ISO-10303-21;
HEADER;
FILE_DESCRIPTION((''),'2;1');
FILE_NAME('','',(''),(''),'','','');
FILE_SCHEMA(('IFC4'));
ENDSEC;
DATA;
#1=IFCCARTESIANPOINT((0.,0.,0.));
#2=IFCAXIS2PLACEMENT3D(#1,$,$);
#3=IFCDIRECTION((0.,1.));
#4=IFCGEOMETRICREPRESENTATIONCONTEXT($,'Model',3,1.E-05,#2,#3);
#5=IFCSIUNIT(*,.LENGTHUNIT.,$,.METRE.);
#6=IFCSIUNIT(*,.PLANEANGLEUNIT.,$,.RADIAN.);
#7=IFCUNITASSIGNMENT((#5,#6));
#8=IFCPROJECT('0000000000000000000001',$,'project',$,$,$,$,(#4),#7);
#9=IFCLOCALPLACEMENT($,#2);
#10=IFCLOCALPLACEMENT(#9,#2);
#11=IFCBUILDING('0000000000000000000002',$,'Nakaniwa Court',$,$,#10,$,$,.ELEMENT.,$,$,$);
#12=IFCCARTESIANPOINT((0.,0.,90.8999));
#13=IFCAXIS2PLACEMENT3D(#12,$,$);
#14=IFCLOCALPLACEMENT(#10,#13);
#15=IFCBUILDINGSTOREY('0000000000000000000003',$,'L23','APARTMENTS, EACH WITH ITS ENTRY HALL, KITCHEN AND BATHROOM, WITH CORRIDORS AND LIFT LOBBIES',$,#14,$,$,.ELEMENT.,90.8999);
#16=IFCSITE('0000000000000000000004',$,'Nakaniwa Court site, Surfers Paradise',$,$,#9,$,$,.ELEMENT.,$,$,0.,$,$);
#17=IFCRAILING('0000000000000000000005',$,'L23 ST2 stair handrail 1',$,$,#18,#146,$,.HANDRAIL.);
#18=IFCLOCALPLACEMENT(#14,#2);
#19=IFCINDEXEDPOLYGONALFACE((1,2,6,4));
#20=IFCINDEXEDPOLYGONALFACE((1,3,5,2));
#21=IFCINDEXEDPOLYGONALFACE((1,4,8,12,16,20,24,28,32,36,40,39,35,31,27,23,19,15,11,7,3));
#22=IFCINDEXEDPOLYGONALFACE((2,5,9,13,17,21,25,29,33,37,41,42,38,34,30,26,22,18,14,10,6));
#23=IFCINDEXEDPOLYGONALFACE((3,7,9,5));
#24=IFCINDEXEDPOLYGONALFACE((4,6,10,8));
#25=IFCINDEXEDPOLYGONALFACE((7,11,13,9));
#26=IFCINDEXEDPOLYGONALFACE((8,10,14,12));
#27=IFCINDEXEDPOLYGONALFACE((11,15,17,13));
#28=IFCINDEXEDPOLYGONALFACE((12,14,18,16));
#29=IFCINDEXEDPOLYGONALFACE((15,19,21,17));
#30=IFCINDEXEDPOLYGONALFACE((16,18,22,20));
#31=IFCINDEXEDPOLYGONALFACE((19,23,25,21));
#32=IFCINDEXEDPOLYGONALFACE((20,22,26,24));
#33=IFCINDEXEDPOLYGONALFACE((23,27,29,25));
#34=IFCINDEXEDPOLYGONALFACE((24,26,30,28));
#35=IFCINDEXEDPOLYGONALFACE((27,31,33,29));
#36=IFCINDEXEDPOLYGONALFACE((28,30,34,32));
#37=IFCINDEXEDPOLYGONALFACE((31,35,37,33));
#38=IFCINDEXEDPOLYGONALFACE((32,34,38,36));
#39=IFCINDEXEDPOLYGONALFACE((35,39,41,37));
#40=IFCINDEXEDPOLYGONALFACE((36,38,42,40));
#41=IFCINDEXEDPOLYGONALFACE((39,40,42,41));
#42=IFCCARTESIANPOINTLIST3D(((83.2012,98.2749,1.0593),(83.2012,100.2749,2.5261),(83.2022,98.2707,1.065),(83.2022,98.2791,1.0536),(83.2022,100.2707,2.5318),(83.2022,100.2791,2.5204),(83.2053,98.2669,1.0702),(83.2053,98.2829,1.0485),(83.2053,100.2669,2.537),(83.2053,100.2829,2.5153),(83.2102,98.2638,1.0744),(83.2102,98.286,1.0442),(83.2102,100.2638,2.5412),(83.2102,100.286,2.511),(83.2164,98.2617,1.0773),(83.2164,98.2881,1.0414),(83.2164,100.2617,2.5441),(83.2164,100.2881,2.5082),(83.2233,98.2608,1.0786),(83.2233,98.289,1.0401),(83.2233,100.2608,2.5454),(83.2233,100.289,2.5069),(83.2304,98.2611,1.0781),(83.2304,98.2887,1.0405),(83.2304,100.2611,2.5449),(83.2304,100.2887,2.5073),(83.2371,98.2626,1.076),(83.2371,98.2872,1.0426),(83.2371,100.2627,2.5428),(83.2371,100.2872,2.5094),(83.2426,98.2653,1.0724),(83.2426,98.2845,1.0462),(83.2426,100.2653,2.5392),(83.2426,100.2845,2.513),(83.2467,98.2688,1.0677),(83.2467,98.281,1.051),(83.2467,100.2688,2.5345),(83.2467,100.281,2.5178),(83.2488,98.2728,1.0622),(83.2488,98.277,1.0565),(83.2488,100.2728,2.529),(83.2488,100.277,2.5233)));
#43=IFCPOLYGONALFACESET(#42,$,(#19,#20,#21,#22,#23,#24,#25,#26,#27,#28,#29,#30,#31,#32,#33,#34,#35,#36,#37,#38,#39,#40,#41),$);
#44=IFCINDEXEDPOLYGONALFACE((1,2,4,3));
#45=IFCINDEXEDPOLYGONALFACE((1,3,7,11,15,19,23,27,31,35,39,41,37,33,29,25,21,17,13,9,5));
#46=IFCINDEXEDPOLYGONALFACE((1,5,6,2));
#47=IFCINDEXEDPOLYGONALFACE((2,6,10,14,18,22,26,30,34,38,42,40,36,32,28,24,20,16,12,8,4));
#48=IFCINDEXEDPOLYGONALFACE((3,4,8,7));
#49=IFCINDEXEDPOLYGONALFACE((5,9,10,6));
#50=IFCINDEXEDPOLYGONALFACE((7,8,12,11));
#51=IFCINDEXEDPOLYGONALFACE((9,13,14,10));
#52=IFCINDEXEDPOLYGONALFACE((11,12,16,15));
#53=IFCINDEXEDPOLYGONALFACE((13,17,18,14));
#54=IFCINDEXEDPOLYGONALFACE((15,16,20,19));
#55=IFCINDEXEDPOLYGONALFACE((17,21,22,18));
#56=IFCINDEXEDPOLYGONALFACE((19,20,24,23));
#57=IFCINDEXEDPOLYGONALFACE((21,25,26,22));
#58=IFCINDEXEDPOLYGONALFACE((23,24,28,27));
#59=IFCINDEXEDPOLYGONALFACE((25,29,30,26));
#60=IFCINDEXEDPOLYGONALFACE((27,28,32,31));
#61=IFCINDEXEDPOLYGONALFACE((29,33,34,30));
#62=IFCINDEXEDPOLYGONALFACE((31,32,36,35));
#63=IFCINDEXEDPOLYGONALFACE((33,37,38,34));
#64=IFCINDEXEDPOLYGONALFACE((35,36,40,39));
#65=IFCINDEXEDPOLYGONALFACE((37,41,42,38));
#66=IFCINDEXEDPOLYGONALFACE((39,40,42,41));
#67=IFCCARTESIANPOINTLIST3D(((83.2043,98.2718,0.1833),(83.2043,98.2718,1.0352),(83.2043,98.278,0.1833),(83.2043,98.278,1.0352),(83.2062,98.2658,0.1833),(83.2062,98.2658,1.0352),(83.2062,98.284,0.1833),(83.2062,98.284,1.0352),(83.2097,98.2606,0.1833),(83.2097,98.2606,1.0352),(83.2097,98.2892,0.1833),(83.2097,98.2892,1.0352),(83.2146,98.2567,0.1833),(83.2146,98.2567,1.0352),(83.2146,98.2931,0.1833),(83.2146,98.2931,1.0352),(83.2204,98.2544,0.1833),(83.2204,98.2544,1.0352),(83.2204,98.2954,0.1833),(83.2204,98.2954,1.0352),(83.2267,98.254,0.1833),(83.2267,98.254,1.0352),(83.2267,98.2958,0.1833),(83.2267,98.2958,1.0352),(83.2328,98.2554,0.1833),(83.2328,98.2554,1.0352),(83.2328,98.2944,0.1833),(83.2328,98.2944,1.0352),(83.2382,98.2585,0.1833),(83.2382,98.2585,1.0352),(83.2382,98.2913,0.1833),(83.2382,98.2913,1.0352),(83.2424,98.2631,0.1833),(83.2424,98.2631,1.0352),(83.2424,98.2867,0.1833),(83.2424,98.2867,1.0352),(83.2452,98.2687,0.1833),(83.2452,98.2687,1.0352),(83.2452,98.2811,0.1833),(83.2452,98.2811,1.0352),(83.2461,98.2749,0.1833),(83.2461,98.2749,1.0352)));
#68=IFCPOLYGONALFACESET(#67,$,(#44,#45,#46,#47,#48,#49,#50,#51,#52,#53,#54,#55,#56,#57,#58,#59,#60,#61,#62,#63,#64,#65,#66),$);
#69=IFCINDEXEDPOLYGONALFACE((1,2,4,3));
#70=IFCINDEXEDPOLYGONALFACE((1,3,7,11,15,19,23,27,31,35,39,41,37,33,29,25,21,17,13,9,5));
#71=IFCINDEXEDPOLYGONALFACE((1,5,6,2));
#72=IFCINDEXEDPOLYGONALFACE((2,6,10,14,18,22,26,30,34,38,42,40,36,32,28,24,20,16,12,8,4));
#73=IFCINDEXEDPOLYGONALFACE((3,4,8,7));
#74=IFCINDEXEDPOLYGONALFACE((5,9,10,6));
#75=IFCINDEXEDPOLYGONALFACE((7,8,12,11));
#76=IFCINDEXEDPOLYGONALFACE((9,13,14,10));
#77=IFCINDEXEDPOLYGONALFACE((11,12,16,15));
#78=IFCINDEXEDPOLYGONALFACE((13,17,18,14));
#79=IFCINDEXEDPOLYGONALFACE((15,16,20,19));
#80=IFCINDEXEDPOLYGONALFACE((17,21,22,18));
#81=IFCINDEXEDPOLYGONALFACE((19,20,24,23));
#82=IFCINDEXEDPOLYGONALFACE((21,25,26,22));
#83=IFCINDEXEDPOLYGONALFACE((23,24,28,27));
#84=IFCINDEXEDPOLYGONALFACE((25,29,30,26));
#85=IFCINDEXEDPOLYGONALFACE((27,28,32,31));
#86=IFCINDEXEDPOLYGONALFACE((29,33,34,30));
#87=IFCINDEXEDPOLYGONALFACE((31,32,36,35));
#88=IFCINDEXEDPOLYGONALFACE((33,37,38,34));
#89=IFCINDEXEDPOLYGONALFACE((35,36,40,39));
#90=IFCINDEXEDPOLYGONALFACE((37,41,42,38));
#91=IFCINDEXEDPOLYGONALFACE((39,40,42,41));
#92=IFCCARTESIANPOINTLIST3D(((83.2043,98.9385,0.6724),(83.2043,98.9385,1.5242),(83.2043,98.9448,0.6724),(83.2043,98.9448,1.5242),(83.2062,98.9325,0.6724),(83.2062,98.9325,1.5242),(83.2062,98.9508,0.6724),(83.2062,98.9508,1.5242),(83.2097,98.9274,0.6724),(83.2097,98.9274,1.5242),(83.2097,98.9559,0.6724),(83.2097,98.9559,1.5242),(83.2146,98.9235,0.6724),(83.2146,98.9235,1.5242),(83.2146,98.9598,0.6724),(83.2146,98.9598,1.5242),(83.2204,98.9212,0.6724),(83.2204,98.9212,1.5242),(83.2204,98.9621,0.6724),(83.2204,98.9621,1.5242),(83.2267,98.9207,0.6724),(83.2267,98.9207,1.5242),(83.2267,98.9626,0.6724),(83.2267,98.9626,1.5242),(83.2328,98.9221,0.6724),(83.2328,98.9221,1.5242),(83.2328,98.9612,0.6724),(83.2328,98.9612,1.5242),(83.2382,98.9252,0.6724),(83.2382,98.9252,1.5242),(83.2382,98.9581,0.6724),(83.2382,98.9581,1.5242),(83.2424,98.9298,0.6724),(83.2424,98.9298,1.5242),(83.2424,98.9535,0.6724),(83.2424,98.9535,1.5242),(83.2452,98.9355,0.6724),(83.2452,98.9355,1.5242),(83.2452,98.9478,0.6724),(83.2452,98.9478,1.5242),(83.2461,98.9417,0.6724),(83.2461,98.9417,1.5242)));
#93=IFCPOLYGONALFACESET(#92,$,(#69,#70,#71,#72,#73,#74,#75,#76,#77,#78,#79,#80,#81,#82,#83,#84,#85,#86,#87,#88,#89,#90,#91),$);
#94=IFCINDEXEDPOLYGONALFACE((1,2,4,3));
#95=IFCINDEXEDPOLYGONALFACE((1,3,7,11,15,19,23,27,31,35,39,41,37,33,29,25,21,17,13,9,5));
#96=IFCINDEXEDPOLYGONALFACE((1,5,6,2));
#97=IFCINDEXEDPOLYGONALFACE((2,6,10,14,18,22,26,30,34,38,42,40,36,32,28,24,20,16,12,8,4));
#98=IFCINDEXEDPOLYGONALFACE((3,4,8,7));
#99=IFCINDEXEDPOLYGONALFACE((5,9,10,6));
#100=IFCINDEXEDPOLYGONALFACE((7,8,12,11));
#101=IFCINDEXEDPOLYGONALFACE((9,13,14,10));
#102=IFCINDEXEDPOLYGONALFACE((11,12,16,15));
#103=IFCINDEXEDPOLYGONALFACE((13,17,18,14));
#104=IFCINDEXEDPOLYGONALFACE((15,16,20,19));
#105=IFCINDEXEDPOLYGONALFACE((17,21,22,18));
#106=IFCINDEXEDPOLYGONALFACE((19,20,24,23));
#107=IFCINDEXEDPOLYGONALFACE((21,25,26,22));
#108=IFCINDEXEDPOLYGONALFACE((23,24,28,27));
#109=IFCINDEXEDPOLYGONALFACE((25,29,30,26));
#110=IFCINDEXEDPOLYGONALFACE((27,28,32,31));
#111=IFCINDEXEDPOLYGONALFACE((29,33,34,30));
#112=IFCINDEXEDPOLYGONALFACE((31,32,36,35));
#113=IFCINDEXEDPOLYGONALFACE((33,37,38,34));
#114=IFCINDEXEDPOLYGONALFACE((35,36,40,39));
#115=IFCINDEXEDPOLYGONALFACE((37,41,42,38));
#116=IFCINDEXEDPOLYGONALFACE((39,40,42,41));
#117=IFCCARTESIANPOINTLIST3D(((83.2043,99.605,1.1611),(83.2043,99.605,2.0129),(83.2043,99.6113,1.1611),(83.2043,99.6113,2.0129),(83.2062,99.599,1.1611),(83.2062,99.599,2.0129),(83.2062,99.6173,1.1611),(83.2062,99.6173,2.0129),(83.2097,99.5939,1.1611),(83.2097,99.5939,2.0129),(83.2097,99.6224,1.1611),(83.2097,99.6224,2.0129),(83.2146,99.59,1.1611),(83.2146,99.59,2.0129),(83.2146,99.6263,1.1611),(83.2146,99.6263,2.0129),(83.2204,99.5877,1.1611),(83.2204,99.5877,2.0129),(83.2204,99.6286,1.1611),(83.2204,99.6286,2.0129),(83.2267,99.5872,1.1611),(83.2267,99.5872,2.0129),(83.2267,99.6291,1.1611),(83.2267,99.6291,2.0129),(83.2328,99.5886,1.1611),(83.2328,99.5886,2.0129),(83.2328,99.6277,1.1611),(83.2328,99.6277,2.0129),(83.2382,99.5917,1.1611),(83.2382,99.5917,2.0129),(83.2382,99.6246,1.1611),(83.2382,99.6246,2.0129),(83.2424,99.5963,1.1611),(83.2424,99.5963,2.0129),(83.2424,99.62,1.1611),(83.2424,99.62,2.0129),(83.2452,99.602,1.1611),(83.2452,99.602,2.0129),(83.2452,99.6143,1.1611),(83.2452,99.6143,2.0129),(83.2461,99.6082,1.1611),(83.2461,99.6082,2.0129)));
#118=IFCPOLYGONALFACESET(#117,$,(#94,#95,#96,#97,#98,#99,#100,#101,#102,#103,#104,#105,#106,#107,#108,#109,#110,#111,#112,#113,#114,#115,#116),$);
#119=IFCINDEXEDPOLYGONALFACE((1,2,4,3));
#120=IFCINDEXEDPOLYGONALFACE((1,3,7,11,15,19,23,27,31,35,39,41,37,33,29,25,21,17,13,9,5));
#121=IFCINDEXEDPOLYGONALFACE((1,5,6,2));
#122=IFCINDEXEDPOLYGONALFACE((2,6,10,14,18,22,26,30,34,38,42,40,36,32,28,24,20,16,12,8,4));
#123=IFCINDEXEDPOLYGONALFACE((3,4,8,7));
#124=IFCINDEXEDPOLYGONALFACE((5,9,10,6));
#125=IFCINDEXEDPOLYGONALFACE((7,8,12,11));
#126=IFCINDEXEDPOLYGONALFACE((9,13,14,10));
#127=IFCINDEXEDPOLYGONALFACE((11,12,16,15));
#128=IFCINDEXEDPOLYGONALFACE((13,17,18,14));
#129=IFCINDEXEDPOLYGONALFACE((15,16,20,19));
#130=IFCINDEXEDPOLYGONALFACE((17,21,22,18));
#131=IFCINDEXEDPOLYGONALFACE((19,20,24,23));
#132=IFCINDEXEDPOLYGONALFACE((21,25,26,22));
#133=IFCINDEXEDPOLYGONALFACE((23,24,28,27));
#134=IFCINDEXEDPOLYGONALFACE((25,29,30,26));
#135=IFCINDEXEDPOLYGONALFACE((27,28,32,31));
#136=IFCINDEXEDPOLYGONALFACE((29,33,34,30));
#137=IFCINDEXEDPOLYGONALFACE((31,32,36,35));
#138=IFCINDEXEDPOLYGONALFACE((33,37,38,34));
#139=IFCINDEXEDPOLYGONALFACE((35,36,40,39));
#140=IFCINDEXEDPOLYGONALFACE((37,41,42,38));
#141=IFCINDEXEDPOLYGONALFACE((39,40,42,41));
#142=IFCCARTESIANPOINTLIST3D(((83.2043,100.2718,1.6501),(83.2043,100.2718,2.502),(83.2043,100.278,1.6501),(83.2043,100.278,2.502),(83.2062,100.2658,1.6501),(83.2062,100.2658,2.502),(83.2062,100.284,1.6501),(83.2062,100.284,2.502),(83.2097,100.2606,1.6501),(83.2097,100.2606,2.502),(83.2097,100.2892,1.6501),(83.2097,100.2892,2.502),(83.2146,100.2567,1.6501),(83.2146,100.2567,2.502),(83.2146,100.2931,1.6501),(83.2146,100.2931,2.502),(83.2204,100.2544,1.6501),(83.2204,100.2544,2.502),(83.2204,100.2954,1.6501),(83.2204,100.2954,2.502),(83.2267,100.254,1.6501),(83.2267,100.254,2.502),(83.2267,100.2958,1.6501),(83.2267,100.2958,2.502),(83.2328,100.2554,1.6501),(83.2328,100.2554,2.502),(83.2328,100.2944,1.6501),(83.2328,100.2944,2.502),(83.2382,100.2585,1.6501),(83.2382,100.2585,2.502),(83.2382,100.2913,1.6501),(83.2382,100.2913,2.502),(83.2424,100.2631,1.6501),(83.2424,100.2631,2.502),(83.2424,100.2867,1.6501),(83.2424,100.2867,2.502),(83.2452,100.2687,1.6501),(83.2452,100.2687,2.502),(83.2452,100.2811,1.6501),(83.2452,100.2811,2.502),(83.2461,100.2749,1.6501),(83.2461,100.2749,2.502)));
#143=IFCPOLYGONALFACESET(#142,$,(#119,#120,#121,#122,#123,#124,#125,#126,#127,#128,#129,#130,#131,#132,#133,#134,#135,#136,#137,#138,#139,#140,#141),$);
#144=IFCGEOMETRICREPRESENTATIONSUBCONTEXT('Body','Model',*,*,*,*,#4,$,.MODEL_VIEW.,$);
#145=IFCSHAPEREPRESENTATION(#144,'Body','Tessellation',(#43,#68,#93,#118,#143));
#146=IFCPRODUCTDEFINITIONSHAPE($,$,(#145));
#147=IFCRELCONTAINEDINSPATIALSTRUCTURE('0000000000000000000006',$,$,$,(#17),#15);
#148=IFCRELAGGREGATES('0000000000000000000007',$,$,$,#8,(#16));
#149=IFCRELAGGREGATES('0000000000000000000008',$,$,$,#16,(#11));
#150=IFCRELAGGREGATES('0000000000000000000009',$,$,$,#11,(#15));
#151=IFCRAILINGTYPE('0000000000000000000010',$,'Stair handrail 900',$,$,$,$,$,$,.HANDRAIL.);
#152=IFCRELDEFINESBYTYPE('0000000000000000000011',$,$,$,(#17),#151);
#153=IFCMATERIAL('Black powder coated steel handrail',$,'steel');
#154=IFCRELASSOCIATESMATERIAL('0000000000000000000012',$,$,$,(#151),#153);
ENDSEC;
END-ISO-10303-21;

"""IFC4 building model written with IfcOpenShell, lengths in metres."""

from ifc_helpers import new_model, si_unit, direction, frame, origin, origin_2d, place, context, subcontext, project, spatial, circle, extrude, material, type_object, element, save


model = new_model("IFC4")

# Units and contexts
model_context = context("Model", 3, precision=1e-05, world=origin(), true_north=direction((0.0, 1.0)))
body_context = subcontext(model_context, "Body", "Model", "MODEL_VIEW")
ifc_project = project(units=[si_unit("LENGTHUNIT", "METRE"), si_unit("PLANEANGLEUNIT", "RADIAN")], contexts=[model_context])

# Site, building, storey
site_placement = place(None, origin())
site = spatial("IfcSite", under=ifc_project, at=site_placement, Name="Nakaniwa Court site, Surfers Paradise", CompositionType="ELEMENT", RefElevation=0.0)
building_placement = place(site_placement, origin())
building = spatial("IfcBuilding", under=site, at=building_placement, Name="Nakaniwa Court", CompositionType="ELEMENT")
storey_placement = place(building_placement, frame((0.0, 0.0, 90.8999)))
storey = spatial("IfcBuildingStorey", under=building, at=storey_placement, Name="L23", Description="APARTMENTS, EACH WITH ITS ENTRY HALL, KITCHEN AND BATHROOM, WITH CORRIDORS AND LIFT LOBBIES", CompositionType="ELEMENT", Elevation=90.8999)

# Railing
ifc_material_1 = material(Name="Black powder coated steel handrail", Category="steel")
railing_type_1 = type_object("IfcRailingType", Name="Stair handrail 900", PredefinedType="HANDRAIL", material=ifc_material_1)
railing_1_placement = place(storey_placement, frame((83.2251, 98.2749, 0.1833)))
element("IfcRailing", 1, at=railing_1_placement, inside=storey, type_object=railing_type_1, Name="L23 ST2 stair handrail 1", PredefinedType="HANDRAIL", context=body_context, shape_type="SweptSolid", body=[
    extrude(circle(Radius=0.0239, at=origin_2d()), frame((0.0, 0.0, 0.876), z_axis=(0.0, 0.80638, 0.591398), x_axis=(-1.0, 0.0, 0.0)), (0.0, 0.0, 1.0), 2.4802),
    extrude(circle(Radius=0.021, at=origin_2d()), origin(), (0.0, 0.0, 1.0), 0.8518),
    extrude(circle(Radius=0.021, at=origin_2d()), frame((0.0, 0.6667, 0.489)), (0.0, 0.0, 1.0), 0.8518),
    extrude(circle(Radius=0.021, at=origin_2d()), frame((0.0, 1.3333, 0.9778)), (0.0, 0.0, 1.0), 0.8518),
    extrude(circle(Radius=0.021, at=origin_2d()), frame((0.0, 2.0, 1.4668)), (0.0, 0.0, 1.0), 0.8518),
])

save(model, "model.ifc")
